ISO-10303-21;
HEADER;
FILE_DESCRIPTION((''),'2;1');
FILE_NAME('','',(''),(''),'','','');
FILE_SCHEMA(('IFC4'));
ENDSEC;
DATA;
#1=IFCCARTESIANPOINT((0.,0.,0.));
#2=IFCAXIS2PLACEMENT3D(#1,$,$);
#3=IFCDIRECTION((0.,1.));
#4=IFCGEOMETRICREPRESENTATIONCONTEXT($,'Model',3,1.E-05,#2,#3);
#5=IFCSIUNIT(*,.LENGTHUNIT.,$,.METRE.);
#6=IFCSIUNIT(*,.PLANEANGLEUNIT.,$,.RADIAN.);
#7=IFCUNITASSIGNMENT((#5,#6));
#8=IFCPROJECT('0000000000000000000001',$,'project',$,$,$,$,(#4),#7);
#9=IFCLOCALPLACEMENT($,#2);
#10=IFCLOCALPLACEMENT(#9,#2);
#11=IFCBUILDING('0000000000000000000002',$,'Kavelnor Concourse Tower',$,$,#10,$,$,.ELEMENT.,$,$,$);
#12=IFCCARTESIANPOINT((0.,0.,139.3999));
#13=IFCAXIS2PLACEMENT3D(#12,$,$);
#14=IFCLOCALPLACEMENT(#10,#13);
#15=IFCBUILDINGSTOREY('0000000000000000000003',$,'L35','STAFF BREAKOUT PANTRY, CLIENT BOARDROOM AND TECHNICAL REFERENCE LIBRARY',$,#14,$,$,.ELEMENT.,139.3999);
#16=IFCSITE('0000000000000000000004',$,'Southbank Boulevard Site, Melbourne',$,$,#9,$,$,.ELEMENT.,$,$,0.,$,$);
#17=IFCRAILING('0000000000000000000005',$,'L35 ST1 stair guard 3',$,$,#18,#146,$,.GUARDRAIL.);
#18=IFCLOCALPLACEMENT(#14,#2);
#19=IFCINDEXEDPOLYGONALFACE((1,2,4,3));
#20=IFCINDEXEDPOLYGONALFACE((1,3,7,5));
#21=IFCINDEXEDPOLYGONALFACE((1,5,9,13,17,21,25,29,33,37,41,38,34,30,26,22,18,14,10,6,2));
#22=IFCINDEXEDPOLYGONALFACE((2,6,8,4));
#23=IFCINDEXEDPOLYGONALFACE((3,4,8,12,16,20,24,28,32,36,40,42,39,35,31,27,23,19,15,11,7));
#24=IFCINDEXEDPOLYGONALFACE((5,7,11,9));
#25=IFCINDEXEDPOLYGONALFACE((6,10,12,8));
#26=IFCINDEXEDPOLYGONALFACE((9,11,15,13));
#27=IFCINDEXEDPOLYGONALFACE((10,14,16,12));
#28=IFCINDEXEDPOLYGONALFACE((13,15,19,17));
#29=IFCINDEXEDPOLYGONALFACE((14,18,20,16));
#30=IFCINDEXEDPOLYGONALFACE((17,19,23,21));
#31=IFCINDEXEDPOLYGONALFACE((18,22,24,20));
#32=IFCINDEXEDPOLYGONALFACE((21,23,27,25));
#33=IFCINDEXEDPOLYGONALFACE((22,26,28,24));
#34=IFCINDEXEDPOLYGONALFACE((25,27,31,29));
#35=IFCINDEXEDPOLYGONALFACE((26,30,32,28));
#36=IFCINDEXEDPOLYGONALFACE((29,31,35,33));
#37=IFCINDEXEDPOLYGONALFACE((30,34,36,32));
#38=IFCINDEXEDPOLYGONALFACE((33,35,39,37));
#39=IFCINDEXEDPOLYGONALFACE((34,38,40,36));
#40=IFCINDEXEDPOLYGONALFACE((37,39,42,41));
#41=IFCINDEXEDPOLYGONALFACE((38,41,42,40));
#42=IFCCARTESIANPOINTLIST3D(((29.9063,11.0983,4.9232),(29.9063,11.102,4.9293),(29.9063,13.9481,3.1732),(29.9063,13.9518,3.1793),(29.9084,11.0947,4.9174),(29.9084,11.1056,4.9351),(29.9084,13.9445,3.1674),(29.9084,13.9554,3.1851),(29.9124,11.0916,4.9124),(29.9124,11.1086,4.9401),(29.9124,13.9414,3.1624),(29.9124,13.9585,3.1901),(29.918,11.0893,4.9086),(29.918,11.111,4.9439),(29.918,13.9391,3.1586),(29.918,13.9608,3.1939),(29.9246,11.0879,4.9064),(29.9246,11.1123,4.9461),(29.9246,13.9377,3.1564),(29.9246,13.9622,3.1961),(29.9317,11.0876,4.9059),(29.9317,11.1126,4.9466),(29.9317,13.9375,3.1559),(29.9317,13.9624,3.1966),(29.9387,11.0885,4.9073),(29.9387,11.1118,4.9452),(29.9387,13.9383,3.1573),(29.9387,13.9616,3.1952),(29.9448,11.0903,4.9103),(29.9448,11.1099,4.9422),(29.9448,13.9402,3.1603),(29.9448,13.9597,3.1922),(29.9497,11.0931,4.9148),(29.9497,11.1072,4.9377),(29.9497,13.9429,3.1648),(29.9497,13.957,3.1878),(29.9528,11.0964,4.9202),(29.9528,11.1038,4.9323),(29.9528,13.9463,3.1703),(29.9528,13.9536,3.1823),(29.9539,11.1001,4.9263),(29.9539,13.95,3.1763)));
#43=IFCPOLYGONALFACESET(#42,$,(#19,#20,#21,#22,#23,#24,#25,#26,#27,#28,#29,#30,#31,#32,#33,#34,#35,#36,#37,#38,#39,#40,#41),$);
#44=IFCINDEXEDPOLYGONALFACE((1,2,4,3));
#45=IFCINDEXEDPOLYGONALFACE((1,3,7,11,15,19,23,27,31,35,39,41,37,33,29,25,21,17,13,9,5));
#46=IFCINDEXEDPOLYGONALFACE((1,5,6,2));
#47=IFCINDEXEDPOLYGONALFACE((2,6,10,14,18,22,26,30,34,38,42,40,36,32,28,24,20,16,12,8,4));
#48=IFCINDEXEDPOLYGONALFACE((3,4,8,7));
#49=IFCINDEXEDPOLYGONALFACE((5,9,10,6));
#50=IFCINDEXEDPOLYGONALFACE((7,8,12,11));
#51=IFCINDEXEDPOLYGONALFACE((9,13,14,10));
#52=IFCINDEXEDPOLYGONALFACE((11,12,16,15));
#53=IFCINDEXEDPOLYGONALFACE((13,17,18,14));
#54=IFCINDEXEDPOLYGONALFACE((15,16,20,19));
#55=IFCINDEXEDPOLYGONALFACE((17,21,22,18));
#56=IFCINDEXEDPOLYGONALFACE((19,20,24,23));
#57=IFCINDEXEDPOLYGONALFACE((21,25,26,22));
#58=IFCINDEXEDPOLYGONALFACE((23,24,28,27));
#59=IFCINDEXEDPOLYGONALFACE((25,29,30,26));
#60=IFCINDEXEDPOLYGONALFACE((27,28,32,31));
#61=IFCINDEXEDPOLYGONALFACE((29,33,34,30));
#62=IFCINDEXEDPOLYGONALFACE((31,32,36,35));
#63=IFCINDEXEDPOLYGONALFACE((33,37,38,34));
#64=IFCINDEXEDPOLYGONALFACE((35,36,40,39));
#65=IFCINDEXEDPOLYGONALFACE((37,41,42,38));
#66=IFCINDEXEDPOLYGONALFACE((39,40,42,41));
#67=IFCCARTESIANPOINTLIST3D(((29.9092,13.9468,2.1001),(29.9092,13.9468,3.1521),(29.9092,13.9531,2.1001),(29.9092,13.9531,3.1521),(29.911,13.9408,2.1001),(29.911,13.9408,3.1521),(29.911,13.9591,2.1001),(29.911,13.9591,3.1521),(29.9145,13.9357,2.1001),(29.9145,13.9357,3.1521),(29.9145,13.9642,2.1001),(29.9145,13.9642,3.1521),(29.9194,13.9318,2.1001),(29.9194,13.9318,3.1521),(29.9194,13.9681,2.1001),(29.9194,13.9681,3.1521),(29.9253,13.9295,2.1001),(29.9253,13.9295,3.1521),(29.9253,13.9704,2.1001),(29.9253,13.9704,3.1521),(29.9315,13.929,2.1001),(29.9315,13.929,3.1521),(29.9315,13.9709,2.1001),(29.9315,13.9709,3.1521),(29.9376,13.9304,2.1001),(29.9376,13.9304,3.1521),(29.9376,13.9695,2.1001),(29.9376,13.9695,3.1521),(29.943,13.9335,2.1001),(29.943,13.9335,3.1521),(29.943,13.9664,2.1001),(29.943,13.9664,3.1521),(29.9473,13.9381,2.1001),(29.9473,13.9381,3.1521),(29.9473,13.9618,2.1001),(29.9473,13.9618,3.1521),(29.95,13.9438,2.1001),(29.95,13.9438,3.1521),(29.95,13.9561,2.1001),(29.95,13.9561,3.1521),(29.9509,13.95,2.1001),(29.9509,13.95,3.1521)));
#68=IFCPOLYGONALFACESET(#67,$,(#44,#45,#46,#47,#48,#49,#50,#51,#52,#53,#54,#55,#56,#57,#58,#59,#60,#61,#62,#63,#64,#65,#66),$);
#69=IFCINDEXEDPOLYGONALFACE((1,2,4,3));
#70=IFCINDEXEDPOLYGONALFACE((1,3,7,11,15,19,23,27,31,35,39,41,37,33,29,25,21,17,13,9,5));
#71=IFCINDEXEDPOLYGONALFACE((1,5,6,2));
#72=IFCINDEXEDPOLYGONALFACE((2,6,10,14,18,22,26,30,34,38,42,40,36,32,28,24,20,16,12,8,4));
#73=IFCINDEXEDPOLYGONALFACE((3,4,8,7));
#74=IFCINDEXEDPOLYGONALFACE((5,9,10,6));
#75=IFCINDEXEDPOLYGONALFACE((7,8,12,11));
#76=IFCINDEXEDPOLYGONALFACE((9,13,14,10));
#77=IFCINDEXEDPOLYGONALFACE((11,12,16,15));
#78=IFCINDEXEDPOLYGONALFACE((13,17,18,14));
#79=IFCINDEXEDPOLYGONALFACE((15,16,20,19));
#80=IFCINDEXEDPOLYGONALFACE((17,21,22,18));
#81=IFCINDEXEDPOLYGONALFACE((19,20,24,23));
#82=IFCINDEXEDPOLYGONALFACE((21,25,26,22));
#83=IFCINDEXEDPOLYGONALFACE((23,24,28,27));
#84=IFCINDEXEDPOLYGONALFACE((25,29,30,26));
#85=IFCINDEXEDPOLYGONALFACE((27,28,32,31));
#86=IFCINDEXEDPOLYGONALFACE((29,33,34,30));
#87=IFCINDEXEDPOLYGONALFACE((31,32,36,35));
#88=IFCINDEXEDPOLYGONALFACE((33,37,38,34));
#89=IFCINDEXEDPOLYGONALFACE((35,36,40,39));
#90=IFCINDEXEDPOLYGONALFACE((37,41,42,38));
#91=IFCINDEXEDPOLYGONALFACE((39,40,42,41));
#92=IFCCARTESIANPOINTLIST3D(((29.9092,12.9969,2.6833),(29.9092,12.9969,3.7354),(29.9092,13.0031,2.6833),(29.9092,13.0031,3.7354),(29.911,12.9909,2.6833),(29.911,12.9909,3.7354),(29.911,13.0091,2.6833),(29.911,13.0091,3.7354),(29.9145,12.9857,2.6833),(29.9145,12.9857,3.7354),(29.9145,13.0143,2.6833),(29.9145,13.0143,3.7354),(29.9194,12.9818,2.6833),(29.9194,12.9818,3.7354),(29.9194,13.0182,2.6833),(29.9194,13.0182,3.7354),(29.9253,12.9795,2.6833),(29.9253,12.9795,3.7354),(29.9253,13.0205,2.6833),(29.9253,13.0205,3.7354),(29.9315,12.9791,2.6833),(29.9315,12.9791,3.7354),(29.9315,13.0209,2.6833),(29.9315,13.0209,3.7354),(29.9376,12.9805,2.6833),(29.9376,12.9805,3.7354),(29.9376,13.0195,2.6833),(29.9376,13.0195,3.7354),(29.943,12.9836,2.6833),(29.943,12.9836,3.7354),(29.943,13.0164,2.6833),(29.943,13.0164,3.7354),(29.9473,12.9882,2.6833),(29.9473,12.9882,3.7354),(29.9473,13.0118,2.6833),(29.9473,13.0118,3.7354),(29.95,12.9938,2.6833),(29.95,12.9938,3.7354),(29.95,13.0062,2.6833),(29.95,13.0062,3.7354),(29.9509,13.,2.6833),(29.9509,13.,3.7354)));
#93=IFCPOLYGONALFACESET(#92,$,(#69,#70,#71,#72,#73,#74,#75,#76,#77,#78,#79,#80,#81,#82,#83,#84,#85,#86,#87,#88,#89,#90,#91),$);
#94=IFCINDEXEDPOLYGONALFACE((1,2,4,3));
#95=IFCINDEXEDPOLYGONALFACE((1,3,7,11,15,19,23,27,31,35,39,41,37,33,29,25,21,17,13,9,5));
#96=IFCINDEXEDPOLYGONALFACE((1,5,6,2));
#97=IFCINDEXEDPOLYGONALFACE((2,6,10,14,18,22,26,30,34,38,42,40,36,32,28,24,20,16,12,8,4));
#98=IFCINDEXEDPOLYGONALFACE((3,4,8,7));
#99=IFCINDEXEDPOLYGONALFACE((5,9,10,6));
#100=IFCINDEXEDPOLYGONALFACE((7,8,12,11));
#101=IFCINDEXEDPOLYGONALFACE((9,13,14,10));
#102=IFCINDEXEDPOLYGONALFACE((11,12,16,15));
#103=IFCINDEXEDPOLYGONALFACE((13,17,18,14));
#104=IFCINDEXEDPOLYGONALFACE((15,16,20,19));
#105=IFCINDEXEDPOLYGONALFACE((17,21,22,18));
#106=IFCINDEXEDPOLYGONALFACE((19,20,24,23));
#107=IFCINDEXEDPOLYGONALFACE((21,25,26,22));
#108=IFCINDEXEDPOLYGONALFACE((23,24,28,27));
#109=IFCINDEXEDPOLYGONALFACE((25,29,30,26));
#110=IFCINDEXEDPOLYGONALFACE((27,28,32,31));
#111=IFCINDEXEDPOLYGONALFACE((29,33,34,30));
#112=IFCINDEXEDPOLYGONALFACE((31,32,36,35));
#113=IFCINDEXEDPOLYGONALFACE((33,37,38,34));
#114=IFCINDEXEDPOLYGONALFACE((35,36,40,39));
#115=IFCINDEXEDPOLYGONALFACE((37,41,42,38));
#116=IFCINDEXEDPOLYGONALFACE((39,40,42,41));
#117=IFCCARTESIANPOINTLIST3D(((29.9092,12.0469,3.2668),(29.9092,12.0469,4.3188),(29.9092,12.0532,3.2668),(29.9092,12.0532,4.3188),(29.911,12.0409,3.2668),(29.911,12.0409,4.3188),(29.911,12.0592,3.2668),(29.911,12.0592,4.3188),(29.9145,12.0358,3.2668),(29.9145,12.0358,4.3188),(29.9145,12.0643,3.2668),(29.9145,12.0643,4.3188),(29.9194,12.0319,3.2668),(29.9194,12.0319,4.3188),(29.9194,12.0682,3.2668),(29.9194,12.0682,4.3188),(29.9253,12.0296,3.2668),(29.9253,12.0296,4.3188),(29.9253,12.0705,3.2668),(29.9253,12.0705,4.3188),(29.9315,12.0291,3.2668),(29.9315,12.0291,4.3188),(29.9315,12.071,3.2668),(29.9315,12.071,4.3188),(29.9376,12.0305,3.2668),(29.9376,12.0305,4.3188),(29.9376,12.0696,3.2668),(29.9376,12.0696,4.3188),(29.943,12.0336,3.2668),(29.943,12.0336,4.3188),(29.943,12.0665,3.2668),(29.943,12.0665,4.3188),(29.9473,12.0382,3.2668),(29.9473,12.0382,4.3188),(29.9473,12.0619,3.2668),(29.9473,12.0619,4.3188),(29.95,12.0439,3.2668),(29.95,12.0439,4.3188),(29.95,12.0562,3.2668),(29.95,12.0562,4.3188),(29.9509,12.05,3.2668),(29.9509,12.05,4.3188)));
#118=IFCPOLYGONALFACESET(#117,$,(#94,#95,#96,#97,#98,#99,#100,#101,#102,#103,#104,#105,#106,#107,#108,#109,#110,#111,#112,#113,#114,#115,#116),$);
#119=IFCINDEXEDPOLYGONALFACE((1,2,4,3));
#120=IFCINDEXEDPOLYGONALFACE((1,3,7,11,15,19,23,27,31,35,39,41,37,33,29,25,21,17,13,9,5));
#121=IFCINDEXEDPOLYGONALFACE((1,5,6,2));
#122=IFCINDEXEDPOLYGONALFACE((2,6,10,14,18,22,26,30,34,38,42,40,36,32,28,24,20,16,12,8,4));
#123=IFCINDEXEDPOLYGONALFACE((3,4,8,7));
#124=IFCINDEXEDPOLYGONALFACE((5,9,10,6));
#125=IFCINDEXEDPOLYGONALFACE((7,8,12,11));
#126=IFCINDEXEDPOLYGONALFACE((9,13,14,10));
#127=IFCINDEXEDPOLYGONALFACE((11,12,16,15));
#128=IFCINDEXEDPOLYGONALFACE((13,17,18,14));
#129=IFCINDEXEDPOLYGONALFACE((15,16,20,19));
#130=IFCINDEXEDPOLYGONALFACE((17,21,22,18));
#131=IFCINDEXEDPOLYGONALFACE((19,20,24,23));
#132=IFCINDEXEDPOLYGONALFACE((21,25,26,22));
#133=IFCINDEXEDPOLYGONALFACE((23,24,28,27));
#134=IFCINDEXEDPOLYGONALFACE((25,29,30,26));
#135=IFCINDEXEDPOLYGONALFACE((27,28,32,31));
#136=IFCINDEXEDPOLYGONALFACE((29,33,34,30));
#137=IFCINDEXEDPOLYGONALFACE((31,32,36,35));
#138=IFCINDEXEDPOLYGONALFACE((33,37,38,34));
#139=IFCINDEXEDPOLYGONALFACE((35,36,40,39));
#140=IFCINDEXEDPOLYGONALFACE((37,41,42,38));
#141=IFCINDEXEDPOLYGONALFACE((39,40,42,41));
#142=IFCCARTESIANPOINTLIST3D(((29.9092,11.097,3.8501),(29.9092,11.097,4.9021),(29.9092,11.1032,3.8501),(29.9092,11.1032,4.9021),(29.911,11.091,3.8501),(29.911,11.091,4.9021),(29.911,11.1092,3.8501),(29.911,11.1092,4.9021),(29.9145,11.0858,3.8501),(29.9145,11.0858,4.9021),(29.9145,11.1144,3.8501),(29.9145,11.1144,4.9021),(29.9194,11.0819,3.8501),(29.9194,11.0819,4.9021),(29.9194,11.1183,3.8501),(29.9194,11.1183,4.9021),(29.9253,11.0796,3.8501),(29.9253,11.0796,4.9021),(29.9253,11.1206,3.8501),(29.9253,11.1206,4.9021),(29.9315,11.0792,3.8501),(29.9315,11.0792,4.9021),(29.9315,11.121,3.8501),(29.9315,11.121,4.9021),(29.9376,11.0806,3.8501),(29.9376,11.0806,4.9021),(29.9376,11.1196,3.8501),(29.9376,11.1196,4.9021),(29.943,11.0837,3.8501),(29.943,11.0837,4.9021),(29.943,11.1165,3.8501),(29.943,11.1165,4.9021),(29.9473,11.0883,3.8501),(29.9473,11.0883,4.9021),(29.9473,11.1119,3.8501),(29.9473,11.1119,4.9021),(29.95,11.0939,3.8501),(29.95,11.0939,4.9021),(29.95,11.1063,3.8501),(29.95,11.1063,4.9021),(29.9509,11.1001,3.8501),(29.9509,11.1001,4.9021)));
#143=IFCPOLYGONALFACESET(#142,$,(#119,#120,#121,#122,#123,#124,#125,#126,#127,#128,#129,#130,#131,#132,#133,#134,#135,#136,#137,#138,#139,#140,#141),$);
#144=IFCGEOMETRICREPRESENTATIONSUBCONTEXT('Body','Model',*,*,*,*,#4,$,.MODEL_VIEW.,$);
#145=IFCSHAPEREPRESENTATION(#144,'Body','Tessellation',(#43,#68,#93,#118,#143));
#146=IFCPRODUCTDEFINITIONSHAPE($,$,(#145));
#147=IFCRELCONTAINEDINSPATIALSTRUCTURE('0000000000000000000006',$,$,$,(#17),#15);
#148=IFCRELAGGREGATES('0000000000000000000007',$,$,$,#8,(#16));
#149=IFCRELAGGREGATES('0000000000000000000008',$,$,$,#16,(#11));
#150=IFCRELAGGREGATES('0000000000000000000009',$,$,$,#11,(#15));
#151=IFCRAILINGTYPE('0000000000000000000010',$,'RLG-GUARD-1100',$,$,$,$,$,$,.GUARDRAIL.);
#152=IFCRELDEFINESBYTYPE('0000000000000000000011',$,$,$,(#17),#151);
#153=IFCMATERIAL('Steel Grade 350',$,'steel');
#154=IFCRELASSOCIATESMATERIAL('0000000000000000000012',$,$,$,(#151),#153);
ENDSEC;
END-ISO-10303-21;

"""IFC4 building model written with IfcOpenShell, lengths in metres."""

from ifc_helpers import new_model, si_unit, direction, frame, origin, origin_2d, place, context, subcontext, project, spatial, circle, extrude, material, type_object, element, save


model = new_model("IFC4")

# Units and contexts
model_context = context("Model", 3, precision=1e-05, world=origin(), true_north=direction((0.0, 1.0)))
body_context = subcontext(model_context, "Body", "Model", "MODEL_VIEW")
ifc_project = project(units=[si_unit("LENGTHUNIT", "METRE"), si_unit("PLANEANGLEUNIT", "RADIAN")], contexts=[model_context])

# Site, building, storey
site_placement = place(None, origin())
site = spatial("IfcSite", under=ifc_project, at=site_placement, Name="Southbank Boulevard Site, Melbourne", CompositionType="ELEMENT", RefElevation=0.0)
building_placement = place(site_placement, origin())
building = spatial("IfcBuilding", under=site, at=building_placement, Name="Kavelnor Concourse Tower", CompositionType="ELEMENT")
storey_placement = place(building_placement, frame((0.0, 0.0, 139.3999)))
storey = spatial("IfcBuildingStorey", under=building, at=storey_placement, Name="L35", Description="STAFF BREAKOUT PANTRY, CLIENT BOARDROOM AND TECHNICAL REFERENCE LIBRARY", CompositionType="ELEMENT", Elevation=139.3999)

# Shared definitions
ifc_material_1 = material(Name="Steel Grade 350", Category="steel")

# Railing
railing_type = type_object("IfcRailingType", Name="RLG-GUARD-1100", PredefinedType="GUARDRAIL", material=ifc_material_1)
railing_1_placement = place(storey_placement, frame((29.9299, 13.95, 2.1001)))
element("IfcRailing", 1, at=railing_1_placement, inside=storey, type_object=railing_type, Name="L35 ST1 stair guard 3", PredefinedType="GUARDRAIL", context=body_context, shape_type="SweptSolid", body=[
    extrude(circle(Radius=0.0239, at=origin_2d()), frame((0.0, 0.0, 1.0762), z_axis=(0.0, -0.852159, 0.523283), x_axis=(1.0, 0.0, 0.0)), (0.0, 0.0, 1.0), 3.3442),
    extrude(circle(Radius=0.021, at=origin_2d()), origin(), (0.0, 0.0, 1.0), 1.052),
    extrude(circle(Radius=0.021, at=origin_2d()), frame((0.0, -0.95, 0.5833)), (0.0, 0.0, 1.0), 1.052),
    extrude(circle(Radius=0.021, at=origin_2d()), frame((0.0, -1.8999, 1.1667)), (0.0, 0.0, 1.0), 1.052),
    extrude(circle(Radius=0.021, at=origin_2d()), frame((0.0, -2.8499, 1.75)), (0.0, 0.0, 1.0), 1.052),
])

save(model, "model.ifc")
